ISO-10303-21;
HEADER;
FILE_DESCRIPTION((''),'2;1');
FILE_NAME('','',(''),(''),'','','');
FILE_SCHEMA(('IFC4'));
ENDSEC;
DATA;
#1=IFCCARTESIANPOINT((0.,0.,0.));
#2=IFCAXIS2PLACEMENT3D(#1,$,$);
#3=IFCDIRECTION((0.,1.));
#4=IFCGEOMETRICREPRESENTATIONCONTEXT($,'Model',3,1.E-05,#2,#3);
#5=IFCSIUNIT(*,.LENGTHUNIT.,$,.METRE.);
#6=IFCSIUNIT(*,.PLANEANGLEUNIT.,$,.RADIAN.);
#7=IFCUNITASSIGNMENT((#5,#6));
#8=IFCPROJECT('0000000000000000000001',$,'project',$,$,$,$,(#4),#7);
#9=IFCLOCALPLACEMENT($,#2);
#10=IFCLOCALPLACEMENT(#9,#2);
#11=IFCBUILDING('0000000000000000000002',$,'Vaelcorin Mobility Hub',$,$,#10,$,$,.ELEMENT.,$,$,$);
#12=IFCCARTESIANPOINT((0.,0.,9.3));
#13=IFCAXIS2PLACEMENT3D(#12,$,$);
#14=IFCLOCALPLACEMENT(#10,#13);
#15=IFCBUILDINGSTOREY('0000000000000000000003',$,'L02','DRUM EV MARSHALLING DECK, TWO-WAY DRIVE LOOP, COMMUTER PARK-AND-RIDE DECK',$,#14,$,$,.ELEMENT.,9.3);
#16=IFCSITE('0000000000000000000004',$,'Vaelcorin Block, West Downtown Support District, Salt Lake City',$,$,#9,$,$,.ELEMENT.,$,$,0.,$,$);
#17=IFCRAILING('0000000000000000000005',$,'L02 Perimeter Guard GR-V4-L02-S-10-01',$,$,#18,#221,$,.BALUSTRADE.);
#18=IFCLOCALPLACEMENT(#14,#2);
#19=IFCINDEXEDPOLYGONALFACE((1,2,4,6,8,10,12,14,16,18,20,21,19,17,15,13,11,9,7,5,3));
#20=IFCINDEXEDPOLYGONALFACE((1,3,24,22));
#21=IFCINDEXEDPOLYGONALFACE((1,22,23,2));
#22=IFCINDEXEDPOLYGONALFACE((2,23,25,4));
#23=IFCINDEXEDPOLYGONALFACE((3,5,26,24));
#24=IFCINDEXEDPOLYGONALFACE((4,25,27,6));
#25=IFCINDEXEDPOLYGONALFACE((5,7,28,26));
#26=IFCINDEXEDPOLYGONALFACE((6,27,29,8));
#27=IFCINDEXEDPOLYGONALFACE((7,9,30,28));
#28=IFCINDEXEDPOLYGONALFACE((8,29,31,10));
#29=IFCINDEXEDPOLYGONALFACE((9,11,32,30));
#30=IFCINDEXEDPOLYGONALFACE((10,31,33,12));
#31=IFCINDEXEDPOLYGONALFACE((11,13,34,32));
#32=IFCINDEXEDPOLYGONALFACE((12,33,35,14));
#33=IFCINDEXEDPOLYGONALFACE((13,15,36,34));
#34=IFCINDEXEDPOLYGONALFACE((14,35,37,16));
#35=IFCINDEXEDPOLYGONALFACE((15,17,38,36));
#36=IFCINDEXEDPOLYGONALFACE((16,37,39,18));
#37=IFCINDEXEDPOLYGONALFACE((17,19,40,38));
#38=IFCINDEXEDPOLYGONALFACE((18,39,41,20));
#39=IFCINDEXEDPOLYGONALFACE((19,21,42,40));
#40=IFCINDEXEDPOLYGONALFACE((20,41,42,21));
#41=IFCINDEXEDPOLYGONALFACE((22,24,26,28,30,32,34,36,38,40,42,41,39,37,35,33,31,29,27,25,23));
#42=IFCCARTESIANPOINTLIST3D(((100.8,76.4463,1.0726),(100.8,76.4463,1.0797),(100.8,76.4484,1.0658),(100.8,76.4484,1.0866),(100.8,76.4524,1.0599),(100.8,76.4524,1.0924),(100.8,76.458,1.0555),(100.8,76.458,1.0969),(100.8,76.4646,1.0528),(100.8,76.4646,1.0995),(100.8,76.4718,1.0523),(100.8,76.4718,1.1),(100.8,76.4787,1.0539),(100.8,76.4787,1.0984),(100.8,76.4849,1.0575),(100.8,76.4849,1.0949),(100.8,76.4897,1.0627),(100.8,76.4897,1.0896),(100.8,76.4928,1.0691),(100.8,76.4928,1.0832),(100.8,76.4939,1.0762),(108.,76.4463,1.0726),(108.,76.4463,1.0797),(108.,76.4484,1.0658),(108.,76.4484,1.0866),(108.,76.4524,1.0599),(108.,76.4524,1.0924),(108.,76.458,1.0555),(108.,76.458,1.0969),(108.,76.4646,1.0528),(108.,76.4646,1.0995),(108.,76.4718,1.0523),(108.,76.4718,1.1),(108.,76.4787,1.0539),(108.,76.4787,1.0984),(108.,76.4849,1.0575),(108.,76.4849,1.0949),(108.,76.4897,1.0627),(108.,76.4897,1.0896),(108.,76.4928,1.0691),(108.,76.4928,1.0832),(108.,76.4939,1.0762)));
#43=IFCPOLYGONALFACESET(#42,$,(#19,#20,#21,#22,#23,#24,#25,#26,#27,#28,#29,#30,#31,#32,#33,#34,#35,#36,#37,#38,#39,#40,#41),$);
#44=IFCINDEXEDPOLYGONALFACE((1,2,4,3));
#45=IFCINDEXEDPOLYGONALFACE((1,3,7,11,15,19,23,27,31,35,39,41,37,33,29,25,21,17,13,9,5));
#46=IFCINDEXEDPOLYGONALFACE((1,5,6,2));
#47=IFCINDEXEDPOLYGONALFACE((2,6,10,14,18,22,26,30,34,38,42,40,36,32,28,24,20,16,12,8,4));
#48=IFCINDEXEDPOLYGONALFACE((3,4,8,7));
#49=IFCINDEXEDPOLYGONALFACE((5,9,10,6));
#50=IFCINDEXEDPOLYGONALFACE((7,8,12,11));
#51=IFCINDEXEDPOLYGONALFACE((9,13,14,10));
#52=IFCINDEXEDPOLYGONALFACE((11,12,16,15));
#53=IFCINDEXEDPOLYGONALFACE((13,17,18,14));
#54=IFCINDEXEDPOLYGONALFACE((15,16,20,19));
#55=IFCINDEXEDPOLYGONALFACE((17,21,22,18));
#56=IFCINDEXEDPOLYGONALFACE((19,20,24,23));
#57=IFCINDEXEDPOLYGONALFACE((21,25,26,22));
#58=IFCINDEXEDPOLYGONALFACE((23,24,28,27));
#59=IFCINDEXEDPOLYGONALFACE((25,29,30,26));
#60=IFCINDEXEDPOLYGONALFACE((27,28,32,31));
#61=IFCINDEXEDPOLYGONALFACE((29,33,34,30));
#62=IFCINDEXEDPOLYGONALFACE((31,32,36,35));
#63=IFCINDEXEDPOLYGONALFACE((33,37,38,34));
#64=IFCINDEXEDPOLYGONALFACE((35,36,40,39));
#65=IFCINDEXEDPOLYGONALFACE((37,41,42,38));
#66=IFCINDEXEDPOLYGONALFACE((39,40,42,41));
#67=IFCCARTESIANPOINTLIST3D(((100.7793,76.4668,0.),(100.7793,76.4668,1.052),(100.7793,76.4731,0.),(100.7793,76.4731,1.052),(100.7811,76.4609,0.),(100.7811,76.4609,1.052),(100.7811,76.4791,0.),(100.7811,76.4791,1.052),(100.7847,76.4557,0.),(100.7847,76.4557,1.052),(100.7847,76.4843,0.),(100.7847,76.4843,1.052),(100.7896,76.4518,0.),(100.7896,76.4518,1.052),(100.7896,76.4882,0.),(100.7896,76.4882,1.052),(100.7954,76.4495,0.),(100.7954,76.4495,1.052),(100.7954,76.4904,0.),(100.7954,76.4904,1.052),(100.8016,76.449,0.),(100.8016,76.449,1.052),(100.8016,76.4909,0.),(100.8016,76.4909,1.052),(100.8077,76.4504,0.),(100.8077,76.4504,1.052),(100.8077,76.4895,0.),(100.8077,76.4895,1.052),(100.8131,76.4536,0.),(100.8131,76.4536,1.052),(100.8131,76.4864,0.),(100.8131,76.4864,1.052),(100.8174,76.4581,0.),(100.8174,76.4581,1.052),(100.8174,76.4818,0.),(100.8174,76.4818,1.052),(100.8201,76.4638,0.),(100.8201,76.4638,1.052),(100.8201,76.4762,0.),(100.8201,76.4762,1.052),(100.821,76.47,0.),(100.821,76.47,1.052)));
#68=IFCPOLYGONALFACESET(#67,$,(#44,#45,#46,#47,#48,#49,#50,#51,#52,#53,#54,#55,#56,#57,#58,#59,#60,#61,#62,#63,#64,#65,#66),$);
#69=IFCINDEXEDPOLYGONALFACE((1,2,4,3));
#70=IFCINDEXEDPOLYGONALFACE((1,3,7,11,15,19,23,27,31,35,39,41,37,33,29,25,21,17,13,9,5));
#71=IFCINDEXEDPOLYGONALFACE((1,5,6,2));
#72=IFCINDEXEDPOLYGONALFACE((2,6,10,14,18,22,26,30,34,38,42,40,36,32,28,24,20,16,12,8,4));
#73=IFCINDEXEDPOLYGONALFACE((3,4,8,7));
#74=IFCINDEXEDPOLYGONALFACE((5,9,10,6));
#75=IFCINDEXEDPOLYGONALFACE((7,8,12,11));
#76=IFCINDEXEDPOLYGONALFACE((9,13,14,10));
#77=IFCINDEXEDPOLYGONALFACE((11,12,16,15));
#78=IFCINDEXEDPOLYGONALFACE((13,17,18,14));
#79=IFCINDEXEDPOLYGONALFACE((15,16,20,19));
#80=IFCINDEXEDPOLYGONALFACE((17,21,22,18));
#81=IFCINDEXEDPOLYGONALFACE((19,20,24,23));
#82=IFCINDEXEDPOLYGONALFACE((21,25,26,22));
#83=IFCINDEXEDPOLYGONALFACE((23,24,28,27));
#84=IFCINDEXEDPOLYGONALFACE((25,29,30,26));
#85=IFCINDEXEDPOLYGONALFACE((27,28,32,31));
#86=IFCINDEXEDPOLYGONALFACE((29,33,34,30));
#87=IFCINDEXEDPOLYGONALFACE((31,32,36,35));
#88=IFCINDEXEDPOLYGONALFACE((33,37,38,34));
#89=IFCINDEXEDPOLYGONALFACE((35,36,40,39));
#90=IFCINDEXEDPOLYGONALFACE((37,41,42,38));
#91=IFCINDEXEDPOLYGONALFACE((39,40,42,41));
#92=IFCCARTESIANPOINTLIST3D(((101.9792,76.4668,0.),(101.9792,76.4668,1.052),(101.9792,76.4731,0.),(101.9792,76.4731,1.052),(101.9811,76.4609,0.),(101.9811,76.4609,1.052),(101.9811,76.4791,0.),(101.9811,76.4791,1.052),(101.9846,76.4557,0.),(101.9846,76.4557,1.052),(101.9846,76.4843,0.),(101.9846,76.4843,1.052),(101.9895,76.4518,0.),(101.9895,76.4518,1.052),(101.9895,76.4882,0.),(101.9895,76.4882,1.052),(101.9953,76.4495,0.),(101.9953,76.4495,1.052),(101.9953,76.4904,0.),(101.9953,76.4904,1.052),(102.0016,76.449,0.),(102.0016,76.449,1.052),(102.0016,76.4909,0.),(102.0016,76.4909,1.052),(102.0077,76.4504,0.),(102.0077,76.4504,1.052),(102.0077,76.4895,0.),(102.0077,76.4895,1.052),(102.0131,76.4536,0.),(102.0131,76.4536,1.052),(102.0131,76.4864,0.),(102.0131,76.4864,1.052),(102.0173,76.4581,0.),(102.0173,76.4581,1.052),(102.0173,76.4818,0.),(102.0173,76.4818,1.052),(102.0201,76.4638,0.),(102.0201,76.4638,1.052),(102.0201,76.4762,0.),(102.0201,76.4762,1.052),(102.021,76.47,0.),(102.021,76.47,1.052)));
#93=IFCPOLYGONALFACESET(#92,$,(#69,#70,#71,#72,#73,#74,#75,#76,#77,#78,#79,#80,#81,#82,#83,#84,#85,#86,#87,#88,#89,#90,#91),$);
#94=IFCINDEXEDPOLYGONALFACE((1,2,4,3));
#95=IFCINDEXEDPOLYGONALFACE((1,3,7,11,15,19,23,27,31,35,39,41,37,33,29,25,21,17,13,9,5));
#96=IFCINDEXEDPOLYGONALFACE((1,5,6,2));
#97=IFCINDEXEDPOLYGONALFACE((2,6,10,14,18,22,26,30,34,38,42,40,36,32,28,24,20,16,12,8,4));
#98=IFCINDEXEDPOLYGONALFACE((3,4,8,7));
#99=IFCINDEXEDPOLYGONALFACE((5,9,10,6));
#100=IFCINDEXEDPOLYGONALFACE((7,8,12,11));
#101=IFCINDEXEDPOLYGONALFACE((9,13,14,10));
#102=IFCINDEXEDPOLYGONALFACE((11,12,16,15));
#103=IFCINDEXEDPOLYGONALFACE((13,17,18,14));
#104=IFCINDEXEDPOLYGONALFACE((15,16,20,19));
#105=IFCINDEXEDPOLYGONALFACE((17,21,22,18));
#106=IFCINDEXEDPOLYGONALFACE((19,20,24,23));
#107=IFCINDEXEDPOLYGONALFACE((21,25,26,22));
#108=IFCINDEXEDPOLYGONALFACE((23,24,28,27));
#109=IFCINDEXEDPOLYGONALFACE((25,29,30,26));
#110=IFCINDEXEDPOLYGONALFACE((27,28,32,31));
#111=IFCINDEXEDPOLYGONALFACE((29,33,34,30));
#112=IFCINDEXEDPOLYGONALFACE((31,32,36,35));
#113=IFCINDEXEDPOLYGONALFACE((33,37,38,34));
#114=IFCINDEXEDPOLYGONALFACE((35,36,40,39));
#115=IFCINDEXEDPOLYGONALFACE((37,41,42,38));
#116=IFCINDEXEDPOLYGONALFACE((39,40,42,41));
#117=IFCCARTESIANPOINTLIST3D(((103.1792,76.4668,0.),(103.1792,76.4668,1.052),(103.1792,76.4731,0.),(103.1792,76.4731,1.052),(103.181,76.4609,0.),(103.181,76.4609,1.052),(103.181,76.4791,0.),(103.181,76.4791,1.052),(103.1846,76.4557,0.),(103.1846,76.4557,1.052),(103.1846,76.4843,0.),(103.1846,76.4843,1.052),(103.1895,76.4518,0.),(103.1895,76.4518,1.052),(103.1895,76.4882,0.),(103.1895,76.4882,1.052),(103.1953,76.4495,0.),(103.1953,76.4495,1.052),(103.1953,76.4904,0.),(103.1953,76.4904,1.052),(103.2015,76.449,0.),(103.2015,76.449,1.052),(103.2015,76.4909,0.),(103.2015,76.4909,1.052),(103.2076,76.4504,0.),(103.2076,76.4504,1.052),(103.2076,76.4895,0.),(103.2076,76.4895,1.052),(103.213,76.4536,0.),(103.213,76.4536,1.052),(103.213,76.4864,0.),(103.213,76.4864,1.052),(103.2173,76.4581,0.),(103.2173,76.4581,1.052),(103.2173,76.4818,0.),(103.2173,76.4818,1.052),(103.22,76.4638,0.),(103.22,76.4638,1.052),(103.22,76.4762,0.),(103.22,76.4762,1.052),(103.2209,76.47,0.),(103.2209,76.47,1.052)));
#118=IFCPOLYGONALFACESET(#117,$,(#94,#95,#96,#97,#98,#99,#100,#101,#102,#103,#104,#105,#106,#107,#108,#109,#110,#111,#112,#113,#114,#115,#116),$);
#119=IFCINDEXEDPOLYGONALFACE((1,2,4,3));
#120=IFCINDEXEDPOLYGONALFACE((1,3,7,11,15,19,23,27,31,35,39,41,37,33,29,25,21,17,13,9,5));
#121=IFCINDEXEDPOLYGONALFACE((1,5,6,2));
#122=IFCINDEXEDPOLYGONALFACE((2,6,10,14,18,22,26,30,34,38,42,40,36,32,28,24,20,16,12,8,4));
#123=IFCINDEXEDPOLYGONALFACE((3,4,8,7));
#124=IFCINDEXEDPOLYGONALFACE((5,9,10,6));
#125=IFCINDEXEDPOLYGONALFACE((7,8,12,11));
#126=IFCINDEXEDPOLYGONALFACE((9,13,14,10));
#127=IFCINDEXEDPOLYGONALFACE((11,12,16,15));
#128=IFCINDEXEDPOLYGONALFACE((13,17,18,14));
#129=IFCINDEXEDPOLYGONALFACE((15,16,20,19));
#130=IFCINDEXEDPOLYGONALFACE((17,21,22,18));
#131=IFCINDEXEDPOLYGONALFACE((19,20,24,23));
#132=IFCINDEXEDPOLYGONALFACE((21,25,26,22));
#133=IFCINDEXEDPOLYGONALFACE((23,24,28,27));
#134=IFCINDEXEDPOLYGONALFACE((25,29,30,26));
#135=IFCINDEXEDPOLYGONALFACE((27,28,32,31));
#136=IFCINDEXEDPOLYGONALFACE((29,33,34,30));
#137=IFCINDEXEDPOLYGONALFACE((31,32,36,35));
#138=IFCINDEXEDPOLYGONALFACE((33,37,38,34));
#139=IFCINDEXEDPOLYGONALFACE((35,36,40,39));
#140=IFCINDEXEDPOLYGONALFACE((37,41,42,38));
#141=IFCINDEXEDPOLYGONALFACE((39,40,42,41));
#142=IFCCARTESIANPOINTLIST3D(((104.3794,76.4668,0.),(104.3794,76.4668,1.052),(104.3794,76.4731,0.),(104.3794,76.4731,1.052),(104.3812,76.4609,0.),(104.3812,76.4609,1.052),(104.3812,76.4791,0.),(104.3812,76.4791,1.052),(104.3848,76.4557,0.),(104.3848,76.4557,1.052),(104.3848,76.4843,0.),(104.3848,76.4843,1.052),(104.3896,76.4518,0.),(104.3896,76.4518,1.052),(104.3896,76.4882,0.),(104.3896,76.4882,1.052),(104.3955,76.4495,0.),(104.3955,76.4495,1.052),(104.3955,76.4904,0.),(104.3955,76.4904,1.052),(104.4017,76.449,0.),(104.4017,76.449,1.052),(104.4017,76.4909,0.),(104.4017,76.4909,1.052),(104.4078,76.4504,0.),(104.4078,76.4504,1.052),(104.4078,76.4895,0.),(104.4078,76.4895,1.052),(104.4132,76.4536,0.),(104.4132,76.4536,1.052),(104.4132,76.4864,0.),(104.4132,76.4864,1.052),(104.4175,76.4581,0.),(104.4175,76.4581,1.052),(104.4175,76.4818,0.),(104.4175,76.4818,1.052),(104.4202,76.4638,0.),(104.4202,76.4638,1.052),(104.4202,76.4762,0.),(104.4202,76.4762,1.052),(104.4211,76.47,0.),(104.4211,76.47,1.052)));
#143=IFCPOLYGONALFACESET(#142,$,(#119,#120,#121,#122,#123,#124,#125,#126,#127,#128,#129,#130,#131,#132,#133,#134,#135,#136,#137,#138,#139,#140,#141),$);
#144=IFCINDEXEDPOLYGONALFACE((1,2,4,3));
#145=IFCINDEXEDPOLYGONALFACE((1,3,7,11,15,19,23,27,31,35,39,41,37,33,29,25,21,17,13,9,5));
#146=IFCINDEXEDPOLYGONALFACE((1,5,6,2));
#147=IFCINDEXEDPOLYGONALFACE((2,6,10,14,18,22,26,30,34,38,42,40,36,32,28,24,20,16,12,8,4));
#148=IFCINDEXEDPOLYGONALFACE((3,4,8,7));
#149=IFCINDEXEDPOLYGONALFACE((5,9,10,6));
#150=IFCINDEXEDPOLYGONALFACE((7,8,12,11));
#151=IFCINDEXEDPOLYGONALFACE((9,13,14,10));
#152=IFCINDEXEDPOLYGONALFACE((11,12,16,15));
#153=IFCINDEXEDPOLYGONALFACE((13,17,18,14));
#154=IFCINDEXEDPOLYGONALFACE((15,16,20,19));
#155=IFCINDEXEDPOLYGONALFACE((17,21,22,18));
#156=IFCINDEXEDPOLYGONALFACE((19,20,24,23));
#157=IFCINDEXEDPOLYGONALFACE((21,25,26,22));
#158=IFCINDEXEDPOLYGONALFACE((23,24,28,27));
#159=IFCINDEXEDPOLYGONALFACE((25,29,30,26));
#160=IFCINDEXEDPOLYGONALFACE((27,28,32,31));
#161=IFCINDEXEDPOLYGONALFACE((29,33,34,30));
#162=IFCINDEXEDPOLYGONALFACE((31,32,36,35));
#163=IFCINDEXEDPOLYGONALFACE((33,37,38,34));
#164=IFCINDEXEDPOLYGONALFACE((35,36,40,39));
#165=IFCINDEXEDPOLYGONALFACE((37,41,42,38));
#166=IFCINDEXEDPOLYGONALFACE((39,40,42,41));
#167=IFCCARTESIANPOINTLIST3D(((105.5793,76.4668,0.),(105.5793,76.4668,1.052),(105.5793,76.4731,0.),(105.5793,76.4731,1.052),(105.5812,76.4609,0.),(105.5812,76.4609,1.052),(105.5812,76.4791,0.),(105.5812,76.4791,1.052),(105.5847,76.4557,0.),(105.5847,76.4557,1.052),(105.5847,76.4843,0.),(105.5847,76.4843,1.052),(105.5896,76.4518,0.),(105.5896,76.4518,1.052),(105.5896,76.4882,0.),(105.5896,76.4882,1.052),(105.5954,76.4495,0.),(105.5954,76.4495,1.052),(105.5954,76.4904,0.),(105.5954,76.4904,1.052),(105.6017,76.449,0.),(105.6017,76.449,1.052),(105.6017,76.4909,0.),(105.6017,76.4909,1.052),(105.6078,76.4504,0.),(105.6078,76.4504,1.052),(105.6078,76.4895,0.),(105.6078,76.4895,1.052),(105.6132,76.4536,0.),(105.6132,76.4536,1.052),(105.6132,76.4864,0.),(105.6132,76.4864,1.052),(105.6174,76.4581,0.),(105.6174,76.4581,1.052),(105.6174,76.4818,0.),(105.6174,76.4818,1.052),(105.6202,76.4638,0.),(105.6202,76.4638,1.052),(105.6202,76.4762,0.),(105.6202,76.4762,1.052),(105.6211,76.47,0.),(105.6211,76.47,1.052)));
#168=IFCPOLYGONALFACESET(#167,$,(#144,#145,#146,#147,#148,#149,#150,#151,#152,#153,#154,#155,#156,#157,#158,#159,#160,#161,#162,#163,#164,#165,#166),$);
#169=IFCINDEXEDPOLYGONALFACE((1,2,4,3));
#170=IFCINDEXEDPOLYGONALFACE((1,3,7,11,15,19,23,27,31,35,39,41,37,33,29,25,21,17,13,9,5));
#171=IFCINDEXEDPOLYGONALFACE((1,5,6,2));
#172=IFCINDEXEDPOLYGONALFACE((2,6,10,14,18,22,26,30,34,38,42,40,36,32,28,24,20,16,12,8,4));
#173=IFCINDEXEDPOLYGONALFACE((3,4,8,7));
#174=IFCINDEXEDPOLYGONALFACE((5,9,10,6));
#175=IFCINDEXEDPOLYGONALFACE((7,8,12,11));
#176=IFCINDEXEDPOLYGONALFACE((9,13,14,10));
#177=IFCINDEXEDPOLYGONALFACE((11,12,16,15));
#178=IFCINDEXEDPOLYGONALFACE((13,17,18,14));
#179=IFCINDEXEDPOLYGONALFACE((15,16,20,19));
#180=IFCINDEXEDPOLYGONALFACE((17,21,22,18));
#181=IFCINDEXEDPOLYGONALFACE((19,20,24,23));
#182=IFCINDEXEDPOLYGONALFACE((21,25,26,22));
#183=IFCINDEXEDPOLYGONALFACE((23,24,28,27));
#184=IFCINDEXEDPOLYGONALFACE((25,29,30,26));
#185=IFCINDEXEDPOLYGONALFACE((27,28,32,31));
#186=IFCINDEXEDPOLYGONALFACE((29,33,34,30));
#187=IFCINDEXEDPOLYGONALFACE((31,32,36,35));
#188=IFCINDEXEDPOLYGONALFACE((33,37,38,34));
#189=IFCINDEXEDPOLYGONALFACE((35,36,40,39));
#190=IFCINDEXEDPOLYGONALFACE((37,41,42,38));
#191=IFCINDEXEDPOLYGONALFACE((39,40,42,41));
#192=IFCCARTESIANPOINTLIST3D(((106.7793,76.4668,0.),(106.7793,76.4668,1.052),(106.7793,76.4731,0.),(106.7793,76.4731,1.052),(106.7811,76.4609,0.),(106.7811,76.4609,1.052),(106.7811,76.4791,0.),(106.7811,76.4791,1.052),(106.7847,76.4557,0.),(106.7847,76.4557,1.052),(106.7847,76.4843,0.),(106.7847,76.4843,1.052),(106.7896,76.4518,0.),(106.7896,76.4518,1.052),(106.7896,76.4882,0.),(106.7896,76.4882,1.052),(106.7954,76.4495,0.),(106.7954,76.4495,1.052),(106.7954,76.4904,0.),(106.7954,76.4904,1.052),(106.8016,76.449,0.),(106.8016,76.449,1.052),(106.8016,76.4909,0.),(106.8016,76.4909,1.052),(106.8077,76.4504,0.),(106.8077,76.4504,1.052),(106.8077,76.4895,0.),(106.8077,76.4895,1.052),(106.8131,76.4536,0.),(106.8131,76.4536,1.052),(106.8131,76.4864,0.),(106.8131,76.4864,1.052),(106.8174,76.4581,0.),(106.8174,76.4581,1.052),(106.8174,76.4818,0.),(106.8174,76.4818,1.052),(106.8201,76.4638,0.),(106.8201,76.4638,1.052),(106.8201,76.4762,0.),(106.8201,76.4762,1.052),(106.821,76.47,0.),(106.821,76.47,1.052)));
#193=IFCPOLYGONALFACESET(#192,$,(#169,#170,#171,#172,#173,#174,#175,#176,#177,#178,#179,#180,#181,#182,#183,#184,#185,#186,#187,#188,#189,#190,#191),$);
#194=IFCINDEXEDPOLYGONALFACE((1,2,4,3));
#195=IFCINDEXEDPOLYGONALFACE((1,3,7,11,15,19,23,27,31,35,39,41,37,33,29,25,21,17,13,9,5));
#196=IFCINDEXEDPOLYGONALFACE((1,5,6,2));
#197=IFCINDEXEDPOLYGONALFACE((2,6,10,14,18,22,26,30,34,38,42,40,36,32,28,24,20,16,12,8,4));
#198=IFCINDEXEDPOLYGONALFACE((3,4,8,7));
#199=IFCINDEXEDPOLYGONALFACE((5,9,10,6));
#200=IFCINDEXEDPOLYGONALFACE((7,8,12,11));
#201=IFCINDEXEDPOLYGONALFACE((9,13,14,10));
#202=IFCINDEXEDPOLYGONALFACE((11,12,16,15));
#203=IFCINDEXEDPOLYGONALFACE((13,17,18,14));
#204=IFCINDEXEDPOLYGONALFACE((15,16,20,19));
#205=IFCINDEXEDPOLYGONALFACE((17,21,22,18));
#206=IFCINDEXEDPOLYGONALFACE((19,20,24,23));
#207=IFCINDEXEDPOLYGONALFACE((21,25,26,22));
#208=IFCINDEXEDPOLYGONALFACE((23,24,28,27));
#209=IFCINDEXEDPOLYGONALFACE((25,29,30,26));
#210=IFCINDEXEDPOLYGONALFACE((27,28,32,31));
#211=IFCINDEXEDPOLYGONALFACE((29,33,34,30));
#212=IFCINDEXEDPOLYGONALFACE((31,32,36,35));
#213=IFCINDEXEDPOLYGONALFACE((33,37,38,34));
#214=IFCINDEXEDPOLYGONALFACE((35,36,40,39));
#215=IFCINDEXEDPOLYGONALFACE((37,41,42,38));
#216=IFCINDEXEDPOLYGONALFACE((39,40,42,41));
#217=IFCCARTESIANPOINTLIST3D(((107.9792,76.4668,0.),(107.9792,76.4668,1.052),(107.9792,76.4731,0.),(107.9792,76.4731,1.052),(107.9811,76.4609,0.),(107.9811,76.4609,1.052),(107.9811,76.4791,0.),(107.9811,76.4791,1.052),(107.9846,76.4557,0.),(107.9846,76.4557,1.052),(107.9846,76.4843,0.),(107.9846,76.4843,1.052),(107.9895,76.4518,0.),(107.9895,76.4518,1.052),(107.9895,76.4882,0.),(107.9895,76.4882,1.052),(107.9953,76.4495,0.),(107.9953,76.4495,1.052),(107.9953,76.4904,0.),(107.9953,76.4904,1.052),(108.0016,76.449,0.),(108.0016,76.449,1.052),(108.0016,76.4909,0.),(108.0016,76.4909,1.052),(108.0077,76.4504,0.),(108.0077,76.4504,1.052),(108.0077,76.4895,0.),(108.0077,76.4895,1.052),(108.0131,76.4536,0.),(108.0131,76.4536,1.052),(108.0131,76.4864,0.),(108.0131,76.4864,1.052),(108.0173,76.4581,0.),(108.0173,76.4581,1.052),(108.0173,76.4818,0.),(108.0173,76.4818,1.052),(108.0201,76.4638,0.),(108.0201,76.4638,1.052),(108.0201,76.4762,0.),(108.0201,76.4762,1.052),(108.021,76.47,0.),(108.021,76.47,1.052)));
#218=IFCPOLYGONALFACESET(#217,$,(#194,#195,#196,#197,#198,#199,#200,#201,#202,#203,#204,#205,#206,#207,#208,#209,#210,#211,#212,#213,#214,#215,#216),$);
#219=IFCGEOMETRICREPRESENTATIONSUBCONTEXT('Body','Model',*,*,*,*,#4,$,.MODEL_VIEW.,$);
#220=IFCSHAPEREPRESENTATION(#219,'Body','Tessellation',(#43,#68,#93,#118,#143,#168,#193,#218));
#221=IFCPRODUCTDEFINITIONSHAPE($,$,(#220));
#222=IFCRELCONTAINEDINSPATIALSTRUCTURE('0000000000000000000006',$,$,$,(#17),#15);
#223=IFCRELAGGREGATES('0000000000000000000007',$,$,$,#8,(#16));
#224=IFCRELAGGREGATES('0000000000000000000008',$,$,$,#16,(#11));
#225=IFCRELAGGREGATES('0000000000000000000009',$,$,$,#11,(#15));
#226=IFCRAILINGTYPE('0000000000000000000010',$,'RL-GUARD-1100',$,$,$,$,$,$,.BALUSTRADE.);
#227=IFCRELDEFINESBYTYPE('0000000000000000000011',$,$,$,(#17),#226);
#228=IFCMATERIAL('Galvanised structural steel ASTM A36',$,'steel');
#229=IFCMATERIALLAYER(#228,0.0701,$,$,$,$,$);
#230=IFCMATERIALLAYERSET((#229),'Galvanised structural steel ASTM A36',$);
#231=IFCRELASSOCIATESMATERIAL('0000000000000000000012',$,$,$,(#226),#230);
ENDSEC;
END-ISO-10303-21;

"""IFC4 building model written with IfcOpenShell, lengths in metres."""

from ifc_helpers import new_model, si_unit, direction, frame, origin, origin_2d, place, context, subcontext, project, spatial, circle, extrude, material, layer, layer_set, type_object, element, save


model = new_model("IFC4")

# Units and contexts
model_context = context("Model", 3, precision=1e-05, world=origin(), true_north=direction((0.0, 1.0)))
body_context = subcontext(model_context, "Body", "Model", "MODEL_VIEW")
ifc_project = project(units=[si_unit("LENGTHUNIT", "METRE"), si_unit("PLANEANGLEUNIT", "RADIAN")], contexts=[model_context])

# Site, building, storey
site_placement = place(None, origin())
site = spatial("IfcSite", under=ifc_project, at=site_placement, Name="Vaelcorin Block, West Downtown Support District, Salt Lake City", CompositionType="ELEMENT", RefElevation=0.0)
building_placement = place(site_placement, origin())
building = spatial("IfcBuilding", under=site, at=building_placement, Name="Vaelcorin Mobility Hub", CompositionType="ELEMENT")
storey_placement = place(building_placement, frame((0.0, 0.0, 9.3)))
storey = spatial("IfcBuildingStorey", under=building, at=storey_placement, Name="L02", Description="DRUM EV MARSHALLING DECK, TWO-WAY DRIVE LOOP, COMMUTER PARK-AND-RIDE DECK", CompositionType="ELEMENT", Elevation=9.3)

# Railing
ifc_material_1 = material(Name="Galvanised structural steel ASTM A36", Category="steel")
ifc_layer_1 = layer(ifc_material_1, 0.0701)
ifc_layer_set_1 = layer_set([ifc_layer_1], Name="Galvanised structural steel ASTM A36")
railing_type = type_object("IfcRailingType", Name="RL-GUARD-1100", PredefinedType="BALUSTRADE", material=ifc_layer_set_1)
railing_placement = place(storey_placement, frame((100.8, 76.47, 0.0)))
element("IfcRailing", 1, at=railing_placement, inside=storey, type_object=railing_type, Name="L02 Perimeter Guard GR-V4-L02-S-10-01", PredefinedType="BALUSTRADE", context=body_context, shape_type="SweptSolid", body=[
    extrude(circle(Radius=0.0239, at=origin_2d()), frame((0.0, 0.0, 1.0762), z_axis=(1.0, 0.0, 0.0), x_axis=(0.0, 1.0, 0.0)), (0.0, 0.0, 1.0), 7.2),
    extrude(circle(Radius=0.021, at=origin_2d()), origin(), (0.0, 0.0, 1.0), 1.052),
    extrude(circle(Radius=0.021, at=origin_2d()), frame((1.2, 0.0, 0.0)), (0.0, 0.0, 1.0), 1.052),
    extrude(circle(Radius=0.021, at=origin_2d()), frame((2.3999, 0.0, 0.0)), (0.0, 0.0, 1.0), 1.052),
    extrude(circle(Radius=0.021, at=origin_2d()), frame((3.6001, 0.0, 0.0)), (0.0, 0.0, 1.0), 1.052),
    extrude(circle(Radius=0.021, at=origin_2d()), frame((4.8, 0.0, 0.0)), (0.0, 0.0, 1.0), 1.052),
    extrude(circle(Radius=0.021, at=origin_2d()), frame((6.0, 0.0, 0.0)), (0.0, 0.0, 1.0), 1.052),
    extrude(circle(Radius=0.021, at=origin_2d()), frame((7.2, 0.0, 0.0)), (0.0, 0.0, 1.0), 1.052),
])

save(model, "model.ifc")
